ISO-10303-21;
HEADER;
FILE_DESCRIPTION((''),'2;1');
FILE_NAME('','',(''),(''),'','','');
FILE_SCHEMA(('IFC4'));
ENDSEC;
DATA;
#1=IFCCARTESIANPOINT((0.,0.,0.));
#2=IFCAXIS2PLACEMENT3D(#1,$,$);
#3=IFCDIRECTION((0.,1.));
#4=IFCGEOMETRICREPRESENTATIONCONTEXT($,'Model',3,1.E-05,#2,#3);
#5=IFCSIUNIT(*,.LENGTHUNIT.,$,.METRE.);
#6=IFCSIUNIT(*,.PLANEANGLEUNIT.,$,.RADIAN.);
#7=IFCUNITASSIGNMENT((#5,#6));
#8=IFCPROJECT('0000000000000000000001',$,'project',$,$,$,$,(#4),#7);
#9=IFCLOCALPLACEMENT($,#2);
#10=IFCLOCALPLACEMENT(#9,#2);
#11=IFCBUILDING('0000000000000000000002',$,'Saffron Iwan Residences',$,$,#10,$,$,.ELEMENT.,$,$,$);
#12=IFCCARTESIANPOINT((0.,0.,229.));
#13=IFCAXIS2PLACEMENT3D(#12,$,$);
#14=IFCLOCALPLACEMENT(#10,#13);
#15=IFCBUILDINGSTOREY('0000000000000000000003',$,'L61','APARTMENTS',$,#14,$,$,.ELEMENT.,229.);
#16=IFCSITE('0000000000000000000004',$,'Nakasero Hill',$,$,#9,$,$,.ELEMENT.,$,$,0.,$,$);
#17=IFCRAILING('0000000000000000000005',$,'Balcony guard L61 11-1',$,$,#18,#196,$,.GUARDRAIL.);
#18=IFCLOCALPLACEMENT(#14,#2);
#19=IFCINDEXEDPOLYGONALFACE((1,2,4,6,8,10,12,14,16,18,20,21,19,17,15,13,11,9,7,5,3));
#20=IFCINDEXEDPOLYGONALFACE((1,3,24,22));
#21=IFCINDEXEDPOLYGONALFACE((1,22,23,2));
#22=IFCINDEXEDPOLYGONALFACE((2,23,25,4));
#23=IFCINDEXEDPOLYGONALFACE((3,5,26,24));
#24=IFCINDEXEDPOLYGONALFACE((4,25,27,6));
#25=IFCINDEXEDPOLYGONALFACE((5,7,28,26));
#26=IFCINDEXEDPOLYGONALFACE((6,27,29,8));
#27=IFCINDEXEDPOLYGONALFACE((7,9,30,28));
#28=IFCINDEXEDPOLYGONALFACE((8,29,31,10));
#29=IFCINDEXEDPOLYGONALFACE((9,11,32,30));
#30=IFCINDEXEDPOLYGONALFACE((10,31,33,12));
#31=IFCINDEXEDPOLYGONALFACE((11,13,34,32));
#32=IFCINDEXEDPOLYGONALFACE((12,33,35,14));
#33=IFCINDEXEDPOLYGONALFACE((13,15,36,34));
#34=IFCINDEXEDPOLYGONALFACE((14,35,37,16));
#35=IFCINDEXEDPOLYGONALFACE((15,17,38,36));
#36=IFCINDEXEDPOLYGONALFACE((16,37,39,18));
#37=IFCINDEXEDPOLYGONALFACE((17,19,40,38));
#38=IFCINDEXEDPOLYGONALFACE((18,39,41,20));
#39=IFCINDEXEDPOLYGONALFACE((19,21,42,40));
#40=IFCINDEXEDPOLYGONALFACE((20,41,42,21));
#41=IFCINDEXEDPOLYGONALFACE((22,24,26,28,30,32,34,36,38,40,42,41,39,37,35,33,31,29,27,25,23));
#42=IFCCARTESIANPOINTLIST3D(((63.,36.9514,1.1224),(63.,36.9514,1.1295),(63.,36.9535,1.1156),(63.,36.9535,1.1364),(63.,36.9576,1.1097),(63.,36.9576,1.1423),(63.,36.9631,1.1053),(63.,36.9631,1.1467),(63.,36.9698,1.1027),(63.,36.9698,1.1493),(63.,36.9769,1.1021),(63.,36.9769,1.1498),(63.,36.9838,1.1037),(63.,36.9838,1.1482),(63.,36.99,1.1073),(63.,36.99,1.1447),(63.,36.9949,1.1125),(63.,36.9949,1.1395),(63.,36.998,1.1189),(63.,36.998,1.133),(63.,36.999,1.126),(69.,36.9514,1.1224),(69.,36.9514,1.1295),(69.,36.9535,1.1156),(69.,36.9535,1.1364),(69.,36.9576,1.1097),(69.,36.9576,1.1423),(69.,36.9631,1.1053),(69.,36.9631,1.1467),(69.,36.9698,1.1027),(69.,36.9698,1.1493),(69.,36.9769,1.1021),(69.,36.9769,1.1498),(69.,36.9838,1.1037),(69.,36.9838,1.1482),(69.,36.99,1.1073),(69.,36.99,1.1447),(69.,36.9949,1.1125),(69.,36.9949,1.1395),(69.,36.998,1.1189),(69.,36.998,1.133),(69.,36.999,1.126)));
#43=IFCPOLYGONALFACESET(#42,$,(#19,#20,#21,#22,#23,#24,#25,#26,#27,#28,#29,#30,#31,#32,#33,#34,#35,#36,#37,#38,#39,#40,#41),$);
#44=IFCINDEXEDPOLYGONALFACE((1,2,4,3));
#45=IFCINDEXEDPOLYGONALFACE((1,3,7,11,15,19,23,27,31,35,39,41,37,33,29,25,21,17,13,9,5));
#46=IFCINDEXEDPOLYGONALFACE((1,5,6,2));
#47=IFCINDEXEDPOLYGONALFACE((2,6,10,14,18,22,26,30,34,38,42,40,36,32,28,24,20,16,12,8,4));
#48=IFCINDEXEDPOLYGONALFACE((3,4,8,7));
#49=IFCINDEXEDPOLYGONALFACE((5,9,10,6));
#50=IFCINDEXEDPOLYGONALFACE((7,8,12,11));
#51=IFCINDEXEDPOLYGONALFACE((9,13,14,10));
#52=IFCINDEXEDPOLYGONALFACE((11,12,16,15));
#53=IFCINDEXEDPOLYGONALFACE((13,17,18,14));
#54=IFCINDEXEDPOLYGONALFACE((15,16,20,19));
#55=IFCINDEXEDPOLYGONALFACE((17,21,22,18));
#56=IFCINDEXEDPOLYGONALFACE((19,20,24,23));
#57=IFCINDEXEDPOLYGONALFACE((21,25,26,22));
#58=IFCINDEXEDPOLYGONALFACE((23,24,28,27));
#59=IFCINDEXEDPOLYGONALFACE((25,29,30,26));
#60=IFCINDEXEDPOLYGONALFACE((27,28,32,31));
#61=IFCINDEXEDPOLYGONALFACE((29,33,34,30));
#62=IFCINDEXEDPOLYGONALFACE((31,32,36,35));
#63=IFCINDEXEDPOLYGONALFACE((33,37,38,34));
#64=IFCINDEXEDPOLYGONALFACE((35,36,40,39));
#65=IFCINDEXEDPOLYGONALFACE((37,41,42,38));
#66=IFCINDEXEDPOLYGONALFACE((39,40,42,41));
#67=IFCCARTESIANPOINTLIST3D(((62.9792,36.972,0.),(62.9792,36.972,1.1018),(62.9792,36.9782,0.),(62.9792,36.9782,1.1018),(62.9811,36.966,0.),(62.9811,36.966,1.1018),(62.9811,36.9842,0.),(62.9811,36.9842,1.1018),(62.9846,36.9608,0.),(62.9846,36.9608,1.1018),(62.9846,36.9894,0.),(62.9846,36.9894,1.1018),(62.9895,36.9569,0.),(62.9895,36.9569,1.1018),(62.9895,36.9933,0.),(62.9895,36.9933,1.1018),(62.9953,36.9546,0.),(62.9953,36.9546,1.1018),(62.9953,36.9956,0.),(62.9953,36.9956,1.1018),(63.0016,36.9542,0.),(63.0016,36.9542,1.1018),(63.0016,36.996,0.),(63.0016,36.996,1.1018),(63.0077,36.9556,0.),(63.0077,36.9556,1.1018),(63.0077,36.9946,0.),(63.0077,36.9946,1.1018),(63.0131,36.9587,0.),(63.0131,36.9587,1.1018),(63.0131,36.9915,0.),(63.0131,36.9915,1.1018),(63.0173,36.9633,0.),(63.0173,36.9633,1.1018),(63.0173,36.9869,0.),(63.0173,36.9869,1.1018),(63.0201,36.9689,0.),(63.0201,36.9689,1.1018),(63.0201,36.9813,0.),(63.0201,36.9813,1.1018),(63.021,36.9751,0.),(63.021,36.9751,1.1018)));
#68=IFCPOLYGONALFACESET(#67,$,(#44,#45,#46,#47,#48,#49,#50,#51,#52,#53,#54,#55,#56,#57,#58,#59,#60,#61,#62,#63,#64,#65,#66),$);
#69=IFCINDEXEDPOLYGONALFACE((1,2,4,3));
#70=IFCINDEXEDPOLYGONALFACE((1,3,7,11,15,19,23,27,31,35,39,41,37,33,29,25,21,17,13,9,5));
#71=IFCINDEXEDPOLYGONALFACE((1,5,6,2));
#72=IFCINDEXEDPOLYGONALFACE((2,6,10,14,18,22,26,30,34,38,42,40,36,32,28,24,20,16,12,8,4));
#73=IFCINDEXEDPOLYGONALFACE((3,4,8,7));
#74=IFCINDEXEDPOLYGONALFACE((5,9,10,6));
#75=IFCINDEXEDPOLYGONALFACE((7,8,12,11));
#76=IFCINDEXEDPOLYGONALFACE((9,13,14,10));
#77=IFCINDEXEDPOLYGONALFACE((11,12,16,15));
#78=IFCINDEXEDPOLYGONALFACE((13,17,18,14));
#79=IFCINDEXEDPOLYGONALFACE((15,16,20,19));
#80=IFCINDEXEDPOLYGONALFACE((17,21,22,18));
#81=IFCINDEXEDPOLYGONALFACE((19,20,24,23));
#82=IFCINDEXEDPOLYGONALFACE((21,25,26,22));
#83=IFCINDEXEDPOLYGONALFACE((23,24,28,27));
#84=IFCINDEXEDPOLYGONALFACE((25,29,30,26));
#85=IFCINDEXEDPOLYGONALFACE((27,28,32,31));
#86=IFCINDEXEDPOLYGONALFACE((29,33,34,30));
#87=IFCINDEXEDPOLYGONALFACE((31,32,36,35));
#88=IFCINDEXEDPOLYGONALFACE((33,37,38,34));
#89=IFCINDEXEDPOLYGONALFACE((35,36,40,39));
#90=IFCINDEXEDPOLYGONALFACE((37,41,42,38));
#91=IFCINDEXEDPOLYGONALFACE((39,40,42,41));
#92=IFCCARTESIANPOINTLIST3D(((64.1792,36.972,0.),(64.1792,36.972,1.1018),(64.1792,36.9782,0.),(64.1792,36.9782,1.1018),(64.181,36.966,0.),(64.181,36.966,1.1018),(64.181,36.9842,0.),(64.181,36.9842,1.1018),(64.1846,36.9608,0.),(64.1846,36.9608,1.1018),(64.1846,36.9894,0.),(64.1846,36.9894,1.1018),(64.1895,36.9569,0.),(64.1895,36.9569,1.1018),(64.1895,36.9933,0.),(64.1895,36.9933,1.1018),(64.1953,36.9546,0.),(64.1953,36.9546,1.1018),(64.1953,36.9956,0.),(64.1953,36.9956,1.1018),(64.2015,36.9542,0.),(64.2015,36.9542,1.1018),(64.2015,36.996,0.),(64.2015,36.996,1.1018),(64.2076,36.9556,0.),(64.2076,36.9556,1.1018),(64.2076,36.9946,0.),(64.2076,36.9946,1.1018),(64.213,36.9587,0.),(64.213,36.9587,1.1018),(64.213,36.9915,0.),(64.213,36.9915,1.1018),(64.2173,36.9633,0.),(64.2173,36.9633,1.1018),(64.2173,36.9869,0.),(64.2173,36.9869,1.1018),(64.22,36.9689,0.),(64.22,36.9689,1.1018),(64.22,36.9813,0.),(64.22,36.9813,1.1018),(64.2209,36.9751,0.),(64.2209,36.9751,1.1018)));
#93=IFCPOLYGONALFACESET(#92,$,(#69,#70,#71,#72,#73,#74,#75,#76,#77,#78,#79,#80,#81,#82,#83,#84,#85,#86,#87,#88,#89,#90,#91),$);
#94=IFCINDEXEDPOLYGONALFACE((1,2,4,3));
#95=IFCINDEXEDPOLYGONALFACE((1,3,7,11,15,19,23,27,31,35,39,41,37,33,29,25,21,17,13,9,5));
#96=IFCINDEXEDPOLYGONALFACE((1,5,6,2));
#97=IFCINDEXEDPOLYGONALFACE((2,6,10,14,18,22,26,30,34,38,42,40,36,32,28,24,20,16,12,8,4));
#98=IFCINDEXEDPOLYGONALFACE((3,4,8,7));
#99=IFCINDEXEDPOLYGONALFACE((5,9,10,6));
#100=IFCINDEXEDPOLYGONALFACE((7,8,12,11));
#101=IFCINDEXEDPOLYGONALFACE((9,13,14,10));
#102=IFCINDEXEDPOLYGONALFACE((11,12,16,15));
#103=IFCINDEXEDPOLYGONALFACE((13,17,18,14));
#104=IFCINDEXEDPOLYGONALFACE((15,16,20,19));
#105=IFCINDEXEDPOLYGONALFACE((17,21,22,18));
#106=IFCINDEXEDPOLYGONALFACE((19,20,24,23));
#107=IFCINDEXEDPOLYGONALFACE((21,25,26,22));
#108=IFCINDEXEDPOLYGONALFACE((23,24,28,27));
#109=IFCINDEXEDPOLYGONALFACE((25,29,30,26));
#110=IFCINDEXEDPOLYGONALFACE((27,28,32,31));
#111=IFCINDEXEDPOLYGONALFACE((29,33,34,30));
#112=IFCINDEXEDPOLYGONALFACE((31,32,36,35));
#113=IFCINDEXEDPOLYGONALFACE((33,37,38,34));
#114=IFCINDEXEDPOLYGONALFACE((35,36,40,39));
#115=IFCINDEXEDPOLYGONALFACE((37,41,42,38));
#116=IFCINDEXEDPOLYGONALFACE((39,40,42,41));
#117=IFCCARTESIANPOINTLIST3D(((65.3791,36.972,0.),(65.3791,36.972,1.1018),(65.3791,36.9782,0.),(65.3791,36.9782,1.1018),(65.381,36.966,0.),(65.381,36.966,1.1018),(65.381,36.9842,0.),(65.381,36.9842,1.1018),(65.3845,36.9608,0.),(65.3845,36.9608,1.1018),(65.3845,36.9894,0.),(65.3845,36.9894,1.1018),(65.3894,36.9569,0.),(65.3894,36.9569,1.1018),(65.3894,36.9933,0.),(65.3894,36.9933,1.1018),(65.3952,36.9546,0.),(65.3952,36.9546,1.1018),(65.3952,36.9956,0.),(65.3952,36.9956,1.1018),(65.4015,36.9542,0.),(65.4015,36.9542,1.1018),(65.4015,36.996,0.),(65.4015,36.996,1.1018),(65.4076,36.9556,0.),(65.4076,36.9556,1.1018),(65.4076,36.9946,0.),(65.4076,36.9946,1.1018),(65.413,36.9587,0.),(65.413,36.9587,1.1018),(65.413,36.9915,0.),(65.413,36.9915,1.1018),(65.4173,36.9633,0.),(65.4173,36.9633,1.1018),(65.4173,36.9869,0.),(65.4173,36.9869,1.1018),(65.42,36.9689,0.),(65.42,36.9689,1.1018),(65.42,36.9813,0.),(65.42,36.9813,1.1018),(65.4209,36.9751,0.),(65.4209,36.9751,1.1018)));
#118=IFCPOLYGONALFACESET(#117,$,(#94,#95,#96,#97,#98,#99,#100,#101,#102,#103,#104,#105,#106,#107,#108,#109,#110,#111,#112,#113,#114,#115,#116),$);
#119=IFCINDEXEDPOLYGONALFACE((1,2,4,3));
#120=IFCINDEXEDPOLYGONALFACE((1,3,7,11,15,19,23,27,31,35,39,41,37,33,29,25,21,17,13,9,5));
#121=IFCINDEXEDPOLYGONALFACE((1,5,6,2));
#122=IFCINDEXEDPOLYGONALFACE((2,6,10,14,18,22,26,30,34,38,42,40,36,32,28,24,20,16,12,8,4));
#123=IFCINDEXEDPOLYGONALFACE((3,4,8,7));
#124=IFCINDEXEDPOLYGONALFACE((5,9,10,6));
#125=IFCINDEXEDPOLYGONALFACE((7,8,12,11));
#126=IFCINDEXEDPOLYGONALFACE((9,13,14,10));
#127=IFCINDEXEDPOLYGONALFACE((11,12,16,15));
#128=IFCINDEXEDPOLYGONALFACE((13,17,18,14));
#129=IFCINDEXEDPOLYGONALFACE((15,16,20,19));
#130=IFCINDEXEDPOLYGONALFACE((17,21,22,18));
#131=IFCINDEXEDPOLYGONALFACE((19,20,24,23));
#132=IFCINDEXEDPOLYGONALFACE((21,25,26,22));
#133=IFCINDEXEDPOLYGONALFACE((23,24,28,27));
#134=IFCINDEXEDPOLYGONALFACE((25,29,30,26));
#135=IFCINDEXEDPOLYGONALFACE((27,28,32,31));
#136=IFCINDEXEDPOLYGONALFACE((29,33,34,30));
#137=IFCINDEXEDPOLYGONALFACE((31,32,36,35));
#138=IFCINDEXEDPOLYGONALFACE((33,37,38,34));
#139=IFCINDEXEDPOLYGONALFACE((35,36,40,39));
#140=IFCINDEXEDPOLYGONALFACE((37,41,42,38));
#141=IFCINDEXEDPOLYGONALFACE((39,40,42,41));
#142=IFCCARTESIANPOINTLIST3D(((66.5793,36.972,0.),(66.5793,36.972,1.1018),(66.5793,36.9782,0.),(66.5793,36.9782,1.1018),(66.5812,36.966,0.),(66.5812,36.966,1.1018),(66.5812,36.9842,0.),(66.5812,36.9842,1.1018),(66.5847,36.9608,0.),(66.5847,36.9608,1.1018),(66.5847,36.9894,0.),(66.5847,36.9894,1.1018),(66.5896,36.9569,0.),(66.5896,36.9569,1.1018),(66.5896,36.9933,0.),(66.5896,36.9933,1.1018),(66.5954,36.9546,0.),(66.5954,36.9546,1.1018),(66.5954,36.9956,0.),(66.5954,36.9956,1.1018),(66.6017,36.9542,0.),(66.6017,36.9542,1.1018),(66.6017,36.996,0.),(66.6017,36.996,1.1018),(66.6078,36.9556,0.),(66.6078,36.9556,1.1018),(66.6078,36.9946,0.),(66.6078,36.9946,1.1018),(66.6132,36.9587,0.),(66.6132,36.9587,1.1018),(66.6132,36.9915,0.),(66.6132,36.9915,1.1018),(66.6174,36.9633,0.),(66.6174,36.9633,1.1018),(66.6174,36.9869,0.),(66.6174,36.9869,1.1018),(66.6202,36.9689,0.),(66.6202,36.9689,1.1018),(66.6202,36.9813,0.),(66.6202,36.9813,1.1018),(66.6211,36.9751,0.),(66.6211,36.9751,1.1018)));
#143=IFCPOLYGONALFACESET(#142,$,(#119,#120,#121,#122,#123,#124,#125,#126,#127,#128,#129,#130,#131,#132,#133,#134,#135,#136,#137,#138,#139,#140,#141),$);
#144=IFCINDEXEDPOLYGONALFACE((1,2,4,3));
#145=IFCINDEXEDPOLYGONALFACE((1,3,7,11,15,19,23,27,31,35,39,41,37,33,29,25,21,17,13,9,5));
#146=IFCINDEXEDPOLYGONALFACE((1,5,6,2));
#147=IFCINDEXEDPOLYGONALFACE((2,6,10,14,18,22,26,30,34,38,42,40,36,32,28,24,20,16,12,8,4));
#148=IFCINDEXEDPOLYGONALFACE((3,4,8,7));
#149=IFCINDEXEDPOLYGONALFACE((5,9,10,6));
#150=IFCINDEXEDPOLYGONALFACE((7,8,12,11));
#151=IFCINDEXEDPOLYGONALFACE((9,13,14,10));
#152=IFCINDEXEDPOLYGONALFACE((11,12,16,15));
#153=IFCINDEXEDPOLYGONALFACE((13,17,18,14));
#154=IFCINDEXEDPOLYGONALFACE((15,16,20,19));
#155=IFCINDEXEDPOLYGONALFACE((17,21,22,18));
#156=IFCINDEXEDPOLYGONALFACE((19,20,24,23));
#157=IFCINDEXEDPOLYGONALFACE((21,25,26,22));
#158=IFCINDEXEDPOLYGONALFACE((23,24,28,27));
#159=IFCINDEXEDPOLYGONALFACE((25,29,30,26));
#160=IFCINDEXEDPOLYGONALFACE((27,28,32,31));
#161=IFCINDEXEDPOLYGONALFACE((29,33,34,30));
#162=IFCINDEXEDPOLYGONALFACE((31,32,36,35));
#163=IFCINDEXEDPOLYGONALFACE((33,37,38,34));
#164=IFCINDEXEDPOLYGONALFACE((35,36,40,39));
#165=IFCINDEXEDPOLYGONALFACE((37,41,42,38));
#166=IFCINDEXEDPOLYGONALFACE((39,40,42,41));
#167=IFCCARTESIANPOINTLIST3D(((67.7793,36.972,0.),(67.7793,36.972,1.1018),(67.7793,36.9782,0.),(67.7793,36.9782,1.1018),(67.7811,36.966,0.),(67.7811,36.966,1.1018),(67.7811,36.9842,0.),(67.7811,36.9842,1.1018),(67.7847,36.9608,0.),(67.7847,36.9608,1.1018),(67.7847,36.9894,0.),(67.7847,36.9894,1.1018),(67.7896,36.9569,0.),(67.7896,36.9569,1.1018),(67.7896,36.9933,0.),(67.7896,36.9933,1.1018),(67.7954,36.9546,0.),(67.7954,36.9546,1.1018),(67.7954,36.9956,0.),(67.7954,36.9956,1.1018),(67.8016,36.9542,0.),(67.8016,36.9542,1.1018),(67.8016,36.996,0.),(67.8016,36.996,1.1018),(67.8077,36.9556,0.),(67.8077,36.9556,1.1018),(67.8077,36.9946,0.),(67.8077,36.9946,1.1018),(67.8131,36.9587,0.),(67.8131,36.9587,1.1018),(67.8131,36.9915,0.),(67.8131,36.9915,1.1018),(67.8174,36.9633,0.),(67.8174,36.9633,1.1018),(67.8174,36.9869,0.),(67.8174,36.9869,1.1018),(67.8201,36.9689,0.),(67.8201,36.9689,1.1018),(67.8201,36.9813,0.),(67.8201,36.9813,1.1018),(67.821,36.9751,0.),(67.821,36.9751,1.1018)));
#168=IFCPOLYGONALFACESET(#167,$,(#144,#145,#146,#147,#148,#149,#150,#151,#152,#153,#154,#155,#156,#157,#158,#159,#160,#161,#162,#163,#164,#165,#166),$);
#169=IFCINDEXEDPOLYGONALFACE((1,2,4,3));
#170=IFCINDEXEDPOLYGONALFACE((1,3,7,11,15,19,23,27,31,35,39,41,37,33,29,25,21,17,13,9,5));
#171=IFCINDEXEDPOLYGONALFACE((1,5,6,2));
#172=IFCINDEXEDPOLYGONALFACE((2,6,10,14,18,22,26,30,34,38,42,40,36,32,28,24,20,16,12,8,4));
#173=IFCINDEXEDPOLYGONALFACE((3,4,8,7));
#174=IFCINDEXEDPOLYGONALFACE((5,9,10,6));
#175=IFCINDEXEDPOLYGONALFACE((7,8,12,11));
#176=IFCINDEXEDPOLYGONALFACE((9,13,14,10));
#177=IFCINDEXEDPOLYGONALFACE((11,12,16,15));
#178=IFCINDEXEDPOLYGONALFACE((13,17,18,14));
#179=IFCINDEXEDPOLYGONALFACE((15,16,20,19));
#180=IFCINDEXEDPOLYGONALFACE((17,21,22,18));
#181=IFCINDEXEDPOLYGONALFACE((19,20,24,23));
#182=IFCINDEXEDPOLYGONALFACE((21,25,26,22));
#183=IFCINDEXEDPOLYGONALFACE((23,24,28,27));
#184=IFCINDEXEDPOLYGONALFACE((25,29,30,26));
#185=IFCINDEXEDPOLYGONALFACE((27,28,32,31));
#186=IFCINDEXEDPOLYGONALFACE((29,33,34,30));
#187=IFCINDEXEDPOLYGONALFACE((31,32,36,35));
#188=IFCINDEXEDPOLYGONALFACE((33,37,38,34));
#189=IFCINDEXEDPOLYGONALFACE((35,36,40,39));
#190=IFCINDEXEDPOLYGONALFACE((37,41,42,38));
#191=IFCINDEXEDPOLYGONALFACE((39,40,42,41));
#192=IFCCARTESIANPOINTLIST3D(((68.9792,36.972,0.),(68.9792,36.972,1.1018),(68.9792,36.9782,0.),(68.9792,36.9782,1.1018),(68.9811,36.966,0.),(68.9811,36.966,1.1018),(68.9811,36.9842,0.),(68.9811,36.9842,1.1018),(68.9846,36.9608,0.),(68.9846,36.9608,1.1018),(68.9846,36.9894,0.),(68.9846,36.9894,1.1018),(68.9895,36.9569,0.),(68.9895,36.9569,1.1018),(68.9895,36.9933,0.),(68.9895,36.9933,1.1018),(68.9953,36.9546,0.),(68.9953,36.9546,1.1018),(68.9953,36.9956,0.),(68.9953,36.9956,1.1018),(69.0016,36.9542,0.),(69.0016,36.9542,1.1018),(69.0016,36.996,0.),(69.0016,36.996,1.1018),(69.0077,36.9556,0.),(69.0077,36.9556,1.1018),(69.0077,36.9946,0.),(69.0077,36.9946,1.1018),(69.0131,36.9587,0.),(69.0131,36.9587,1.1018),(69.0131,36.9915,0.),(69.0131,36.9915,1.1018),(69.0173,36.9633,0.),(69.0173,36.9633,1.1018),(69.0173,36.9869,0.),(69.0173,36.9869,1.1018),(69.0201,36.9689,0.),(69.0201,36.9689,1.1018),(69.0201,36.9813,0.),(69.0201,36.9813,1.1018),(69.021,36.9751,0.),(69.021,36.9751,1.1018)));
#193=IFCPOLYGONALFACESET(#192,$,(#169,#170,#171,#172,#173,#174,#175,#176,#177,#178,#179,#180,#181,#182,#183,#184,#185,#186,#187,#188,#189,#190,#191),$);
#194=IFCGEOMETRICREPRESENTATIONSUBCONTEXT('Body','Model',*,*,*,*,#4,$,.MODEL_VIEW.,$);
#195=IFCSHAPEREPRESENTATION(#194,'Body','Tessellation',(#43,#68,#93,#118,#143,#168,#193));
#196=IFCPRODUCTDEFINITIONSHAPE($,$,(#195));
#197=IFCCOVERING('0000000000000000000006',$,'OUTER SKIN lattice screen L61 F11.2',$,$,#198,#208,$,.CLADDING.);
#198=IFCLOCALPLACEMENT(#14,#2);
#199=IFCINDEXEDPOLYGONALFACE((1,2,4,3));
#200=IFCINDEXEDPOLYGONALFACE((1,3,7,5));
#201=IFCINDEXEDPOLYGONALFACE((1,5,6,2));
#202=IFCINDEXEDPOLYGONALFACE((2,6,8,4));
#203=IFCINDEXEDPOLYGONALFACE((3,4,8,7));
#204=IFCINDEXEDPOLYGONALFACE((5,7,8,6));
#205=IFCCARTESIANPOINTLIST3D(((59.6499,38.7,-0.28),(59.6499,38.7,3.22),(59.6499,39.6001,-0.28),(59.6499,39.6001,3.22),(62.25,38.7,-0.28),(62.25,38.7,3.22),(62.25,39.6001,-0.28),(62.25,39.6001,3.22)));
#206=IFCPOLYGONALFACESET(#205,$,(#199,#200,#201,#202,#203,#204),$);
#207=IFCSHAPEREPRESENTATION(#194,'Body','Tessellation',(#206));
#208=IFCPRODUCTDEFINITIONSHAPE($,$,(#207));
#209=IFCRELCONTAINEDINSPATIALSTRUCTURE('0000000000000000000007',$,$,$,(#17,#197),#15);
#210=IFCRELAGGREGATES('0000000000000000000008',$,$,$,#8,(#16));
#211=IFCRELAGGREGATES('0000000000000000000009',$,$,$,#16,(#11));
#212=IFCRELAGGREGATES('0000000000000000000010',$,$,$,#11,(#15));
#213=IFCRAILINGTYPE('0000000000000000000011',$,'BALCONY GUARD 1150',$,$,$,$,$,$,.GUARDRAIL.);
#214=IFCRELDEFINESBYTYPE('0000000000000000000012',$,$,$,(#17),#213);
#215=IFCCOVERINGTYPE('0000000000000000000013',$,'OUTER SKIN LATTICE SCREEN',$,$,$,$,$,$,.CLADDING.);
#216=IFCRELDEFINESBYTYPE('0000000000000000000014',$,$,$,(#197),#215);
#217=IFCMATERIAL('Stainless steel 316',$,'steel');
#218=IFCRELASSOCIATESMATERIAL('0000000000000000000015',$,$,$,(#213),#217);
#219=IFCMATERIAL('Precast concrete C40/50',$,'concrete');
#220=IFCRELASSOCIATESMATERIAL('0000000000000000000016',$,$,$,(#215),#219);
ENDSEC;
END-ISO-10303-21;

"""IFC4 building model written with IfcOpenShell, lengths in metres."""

from ifc_helpers import new_model, si_unit, direction, frame, origin, origin_2d, place, context, subcontext, project, spatial, polyline, circle, outline, extrude, material, type_object, element, save


model = new_model("IFC4")

# Units and contexts
model_context = context("Model", 3, precision=1e-05, world=origin(), true_north=direction((0.0, 1.0)))
body_context = subcontext(model_context, "Body", "Model", "MODEL_VIEW")
ifc_project = project(units=[si_unit("LENGTHUNIT", "METRE"), si_unit("PLANEANGLEUNIT", "RADIAN")], contexts=[model_context])

# Site, building, storey
site_placement = place(None, origin())
site = spatial("IfcSite", under=ifc_project, at=site_placement, Name="Nakasero Hill", CompositionType="ELEMENT", RefElevation=0.0)
building_placement = place(site_placement, origin())
building = spatial("IfcBuilding", under=site, at=building_placement, Name="Saffron Iwan Residences", CompositionType="ELEMENT")
storey_placement = place(building_placement, frame((0.0, 0.0, 229.0)))
storey = spatial("IfcBuildingStorey", under=building, at=storey_placement, Name="L61", Description="APARTMENTS", CompositionType="ELEMENT", Elevation=229.0)

# Railing
ifc_material_1 = material(Name="Stainless steel 316", Category="steel")
railing_type = type_object("IfcRailingType", Name="BALCONY GUARD 1150", PredefinedType="GUARDRAIL", material=ifc_material_1)
railing_placement = place(storey_placement, frame((63.0, 36.9751, 0.0)))
element("IfcRailing", 1, at=railing_placement, inside=storey, type_object=railing_type, Name="Balcony guard L61 11-1", PredefinedType="GUARDRAIL", context=body_context, shape_type="SweptSolid", body=[
    extrude(circle(Radius=0.0239, at=origin_2d()), frame((0.0, 0.0, 1.126), z_axis=(1.0, 0.0, 0.0), x_axis=(0.0, 1.0, 0.0)), (0.0, 0.0, 1.0), 6.0),
    extrude(circle(Radius=0.021, at=origin_2d()), origin(), (0.0, 0.0, 1.0), 1.1018),
    extrude(circle(Radius=0.021, at=origin_2d()), frame((1.2, 0.0, 0.0)), (0.0, 0.0, 1.0), 1.1018),
    extrude(circle(Radius=0.021, at=origin_2d()), frame((2.3999, 0.0, 0.0)), (0.0, 0.0, 1.0), 1.1018),
    extrude(circle(Radius=0.021, at=origin_2d()), frame((3.6001, 0.0, 0.0)), (0.0, 0.0, 1.0), 1.1018),
    extrude(circle(Radius=0.021, at=origin_2d()), frame((4.8, 0.0, 0.0)), (0.0, 0.0, 1.0), 1.1018),
    extrude(circle(Radius=0.021, at=origin_2d()), frame((6.0, 0.0, 0.0)), (0.0, 0.0, 1.0), 1.1018),
])

# Covering
ifc_material_2 = material(Name="Precast concrete C40/50", Category="concrete")
covering_type = type_object("IfcCoveringType", Name="OUTER SKIN LATTICE SCREEN", PredefinedType="CLADDING", material=ifc_material_2)
covering_placement = place(storey_placement, frame((59.6499, 39.6001, -0.28), z_axis=(0.0, -1.0, 0.0), x_axis=(1.0, 0.0, 0.0)))
element("IfcCovering", 2, at=covering_placement, inside=storey, type_object=covering_type, Name="OUTER SKIN lattice screen L61 F11.2", PredefinedType="CLADDING", context=body_context, shape_type="SweptSolid", body=[
    extrude(outline(polyline([(0.0, 0.0), (2.6001, 0.0), (2.6001, 3.5), (0.0, 3.5), (0.0, 0.0)])), origin(), (0.0, 0.0, 1.0), 0.9001),
])

save(model, "model.ifc")
